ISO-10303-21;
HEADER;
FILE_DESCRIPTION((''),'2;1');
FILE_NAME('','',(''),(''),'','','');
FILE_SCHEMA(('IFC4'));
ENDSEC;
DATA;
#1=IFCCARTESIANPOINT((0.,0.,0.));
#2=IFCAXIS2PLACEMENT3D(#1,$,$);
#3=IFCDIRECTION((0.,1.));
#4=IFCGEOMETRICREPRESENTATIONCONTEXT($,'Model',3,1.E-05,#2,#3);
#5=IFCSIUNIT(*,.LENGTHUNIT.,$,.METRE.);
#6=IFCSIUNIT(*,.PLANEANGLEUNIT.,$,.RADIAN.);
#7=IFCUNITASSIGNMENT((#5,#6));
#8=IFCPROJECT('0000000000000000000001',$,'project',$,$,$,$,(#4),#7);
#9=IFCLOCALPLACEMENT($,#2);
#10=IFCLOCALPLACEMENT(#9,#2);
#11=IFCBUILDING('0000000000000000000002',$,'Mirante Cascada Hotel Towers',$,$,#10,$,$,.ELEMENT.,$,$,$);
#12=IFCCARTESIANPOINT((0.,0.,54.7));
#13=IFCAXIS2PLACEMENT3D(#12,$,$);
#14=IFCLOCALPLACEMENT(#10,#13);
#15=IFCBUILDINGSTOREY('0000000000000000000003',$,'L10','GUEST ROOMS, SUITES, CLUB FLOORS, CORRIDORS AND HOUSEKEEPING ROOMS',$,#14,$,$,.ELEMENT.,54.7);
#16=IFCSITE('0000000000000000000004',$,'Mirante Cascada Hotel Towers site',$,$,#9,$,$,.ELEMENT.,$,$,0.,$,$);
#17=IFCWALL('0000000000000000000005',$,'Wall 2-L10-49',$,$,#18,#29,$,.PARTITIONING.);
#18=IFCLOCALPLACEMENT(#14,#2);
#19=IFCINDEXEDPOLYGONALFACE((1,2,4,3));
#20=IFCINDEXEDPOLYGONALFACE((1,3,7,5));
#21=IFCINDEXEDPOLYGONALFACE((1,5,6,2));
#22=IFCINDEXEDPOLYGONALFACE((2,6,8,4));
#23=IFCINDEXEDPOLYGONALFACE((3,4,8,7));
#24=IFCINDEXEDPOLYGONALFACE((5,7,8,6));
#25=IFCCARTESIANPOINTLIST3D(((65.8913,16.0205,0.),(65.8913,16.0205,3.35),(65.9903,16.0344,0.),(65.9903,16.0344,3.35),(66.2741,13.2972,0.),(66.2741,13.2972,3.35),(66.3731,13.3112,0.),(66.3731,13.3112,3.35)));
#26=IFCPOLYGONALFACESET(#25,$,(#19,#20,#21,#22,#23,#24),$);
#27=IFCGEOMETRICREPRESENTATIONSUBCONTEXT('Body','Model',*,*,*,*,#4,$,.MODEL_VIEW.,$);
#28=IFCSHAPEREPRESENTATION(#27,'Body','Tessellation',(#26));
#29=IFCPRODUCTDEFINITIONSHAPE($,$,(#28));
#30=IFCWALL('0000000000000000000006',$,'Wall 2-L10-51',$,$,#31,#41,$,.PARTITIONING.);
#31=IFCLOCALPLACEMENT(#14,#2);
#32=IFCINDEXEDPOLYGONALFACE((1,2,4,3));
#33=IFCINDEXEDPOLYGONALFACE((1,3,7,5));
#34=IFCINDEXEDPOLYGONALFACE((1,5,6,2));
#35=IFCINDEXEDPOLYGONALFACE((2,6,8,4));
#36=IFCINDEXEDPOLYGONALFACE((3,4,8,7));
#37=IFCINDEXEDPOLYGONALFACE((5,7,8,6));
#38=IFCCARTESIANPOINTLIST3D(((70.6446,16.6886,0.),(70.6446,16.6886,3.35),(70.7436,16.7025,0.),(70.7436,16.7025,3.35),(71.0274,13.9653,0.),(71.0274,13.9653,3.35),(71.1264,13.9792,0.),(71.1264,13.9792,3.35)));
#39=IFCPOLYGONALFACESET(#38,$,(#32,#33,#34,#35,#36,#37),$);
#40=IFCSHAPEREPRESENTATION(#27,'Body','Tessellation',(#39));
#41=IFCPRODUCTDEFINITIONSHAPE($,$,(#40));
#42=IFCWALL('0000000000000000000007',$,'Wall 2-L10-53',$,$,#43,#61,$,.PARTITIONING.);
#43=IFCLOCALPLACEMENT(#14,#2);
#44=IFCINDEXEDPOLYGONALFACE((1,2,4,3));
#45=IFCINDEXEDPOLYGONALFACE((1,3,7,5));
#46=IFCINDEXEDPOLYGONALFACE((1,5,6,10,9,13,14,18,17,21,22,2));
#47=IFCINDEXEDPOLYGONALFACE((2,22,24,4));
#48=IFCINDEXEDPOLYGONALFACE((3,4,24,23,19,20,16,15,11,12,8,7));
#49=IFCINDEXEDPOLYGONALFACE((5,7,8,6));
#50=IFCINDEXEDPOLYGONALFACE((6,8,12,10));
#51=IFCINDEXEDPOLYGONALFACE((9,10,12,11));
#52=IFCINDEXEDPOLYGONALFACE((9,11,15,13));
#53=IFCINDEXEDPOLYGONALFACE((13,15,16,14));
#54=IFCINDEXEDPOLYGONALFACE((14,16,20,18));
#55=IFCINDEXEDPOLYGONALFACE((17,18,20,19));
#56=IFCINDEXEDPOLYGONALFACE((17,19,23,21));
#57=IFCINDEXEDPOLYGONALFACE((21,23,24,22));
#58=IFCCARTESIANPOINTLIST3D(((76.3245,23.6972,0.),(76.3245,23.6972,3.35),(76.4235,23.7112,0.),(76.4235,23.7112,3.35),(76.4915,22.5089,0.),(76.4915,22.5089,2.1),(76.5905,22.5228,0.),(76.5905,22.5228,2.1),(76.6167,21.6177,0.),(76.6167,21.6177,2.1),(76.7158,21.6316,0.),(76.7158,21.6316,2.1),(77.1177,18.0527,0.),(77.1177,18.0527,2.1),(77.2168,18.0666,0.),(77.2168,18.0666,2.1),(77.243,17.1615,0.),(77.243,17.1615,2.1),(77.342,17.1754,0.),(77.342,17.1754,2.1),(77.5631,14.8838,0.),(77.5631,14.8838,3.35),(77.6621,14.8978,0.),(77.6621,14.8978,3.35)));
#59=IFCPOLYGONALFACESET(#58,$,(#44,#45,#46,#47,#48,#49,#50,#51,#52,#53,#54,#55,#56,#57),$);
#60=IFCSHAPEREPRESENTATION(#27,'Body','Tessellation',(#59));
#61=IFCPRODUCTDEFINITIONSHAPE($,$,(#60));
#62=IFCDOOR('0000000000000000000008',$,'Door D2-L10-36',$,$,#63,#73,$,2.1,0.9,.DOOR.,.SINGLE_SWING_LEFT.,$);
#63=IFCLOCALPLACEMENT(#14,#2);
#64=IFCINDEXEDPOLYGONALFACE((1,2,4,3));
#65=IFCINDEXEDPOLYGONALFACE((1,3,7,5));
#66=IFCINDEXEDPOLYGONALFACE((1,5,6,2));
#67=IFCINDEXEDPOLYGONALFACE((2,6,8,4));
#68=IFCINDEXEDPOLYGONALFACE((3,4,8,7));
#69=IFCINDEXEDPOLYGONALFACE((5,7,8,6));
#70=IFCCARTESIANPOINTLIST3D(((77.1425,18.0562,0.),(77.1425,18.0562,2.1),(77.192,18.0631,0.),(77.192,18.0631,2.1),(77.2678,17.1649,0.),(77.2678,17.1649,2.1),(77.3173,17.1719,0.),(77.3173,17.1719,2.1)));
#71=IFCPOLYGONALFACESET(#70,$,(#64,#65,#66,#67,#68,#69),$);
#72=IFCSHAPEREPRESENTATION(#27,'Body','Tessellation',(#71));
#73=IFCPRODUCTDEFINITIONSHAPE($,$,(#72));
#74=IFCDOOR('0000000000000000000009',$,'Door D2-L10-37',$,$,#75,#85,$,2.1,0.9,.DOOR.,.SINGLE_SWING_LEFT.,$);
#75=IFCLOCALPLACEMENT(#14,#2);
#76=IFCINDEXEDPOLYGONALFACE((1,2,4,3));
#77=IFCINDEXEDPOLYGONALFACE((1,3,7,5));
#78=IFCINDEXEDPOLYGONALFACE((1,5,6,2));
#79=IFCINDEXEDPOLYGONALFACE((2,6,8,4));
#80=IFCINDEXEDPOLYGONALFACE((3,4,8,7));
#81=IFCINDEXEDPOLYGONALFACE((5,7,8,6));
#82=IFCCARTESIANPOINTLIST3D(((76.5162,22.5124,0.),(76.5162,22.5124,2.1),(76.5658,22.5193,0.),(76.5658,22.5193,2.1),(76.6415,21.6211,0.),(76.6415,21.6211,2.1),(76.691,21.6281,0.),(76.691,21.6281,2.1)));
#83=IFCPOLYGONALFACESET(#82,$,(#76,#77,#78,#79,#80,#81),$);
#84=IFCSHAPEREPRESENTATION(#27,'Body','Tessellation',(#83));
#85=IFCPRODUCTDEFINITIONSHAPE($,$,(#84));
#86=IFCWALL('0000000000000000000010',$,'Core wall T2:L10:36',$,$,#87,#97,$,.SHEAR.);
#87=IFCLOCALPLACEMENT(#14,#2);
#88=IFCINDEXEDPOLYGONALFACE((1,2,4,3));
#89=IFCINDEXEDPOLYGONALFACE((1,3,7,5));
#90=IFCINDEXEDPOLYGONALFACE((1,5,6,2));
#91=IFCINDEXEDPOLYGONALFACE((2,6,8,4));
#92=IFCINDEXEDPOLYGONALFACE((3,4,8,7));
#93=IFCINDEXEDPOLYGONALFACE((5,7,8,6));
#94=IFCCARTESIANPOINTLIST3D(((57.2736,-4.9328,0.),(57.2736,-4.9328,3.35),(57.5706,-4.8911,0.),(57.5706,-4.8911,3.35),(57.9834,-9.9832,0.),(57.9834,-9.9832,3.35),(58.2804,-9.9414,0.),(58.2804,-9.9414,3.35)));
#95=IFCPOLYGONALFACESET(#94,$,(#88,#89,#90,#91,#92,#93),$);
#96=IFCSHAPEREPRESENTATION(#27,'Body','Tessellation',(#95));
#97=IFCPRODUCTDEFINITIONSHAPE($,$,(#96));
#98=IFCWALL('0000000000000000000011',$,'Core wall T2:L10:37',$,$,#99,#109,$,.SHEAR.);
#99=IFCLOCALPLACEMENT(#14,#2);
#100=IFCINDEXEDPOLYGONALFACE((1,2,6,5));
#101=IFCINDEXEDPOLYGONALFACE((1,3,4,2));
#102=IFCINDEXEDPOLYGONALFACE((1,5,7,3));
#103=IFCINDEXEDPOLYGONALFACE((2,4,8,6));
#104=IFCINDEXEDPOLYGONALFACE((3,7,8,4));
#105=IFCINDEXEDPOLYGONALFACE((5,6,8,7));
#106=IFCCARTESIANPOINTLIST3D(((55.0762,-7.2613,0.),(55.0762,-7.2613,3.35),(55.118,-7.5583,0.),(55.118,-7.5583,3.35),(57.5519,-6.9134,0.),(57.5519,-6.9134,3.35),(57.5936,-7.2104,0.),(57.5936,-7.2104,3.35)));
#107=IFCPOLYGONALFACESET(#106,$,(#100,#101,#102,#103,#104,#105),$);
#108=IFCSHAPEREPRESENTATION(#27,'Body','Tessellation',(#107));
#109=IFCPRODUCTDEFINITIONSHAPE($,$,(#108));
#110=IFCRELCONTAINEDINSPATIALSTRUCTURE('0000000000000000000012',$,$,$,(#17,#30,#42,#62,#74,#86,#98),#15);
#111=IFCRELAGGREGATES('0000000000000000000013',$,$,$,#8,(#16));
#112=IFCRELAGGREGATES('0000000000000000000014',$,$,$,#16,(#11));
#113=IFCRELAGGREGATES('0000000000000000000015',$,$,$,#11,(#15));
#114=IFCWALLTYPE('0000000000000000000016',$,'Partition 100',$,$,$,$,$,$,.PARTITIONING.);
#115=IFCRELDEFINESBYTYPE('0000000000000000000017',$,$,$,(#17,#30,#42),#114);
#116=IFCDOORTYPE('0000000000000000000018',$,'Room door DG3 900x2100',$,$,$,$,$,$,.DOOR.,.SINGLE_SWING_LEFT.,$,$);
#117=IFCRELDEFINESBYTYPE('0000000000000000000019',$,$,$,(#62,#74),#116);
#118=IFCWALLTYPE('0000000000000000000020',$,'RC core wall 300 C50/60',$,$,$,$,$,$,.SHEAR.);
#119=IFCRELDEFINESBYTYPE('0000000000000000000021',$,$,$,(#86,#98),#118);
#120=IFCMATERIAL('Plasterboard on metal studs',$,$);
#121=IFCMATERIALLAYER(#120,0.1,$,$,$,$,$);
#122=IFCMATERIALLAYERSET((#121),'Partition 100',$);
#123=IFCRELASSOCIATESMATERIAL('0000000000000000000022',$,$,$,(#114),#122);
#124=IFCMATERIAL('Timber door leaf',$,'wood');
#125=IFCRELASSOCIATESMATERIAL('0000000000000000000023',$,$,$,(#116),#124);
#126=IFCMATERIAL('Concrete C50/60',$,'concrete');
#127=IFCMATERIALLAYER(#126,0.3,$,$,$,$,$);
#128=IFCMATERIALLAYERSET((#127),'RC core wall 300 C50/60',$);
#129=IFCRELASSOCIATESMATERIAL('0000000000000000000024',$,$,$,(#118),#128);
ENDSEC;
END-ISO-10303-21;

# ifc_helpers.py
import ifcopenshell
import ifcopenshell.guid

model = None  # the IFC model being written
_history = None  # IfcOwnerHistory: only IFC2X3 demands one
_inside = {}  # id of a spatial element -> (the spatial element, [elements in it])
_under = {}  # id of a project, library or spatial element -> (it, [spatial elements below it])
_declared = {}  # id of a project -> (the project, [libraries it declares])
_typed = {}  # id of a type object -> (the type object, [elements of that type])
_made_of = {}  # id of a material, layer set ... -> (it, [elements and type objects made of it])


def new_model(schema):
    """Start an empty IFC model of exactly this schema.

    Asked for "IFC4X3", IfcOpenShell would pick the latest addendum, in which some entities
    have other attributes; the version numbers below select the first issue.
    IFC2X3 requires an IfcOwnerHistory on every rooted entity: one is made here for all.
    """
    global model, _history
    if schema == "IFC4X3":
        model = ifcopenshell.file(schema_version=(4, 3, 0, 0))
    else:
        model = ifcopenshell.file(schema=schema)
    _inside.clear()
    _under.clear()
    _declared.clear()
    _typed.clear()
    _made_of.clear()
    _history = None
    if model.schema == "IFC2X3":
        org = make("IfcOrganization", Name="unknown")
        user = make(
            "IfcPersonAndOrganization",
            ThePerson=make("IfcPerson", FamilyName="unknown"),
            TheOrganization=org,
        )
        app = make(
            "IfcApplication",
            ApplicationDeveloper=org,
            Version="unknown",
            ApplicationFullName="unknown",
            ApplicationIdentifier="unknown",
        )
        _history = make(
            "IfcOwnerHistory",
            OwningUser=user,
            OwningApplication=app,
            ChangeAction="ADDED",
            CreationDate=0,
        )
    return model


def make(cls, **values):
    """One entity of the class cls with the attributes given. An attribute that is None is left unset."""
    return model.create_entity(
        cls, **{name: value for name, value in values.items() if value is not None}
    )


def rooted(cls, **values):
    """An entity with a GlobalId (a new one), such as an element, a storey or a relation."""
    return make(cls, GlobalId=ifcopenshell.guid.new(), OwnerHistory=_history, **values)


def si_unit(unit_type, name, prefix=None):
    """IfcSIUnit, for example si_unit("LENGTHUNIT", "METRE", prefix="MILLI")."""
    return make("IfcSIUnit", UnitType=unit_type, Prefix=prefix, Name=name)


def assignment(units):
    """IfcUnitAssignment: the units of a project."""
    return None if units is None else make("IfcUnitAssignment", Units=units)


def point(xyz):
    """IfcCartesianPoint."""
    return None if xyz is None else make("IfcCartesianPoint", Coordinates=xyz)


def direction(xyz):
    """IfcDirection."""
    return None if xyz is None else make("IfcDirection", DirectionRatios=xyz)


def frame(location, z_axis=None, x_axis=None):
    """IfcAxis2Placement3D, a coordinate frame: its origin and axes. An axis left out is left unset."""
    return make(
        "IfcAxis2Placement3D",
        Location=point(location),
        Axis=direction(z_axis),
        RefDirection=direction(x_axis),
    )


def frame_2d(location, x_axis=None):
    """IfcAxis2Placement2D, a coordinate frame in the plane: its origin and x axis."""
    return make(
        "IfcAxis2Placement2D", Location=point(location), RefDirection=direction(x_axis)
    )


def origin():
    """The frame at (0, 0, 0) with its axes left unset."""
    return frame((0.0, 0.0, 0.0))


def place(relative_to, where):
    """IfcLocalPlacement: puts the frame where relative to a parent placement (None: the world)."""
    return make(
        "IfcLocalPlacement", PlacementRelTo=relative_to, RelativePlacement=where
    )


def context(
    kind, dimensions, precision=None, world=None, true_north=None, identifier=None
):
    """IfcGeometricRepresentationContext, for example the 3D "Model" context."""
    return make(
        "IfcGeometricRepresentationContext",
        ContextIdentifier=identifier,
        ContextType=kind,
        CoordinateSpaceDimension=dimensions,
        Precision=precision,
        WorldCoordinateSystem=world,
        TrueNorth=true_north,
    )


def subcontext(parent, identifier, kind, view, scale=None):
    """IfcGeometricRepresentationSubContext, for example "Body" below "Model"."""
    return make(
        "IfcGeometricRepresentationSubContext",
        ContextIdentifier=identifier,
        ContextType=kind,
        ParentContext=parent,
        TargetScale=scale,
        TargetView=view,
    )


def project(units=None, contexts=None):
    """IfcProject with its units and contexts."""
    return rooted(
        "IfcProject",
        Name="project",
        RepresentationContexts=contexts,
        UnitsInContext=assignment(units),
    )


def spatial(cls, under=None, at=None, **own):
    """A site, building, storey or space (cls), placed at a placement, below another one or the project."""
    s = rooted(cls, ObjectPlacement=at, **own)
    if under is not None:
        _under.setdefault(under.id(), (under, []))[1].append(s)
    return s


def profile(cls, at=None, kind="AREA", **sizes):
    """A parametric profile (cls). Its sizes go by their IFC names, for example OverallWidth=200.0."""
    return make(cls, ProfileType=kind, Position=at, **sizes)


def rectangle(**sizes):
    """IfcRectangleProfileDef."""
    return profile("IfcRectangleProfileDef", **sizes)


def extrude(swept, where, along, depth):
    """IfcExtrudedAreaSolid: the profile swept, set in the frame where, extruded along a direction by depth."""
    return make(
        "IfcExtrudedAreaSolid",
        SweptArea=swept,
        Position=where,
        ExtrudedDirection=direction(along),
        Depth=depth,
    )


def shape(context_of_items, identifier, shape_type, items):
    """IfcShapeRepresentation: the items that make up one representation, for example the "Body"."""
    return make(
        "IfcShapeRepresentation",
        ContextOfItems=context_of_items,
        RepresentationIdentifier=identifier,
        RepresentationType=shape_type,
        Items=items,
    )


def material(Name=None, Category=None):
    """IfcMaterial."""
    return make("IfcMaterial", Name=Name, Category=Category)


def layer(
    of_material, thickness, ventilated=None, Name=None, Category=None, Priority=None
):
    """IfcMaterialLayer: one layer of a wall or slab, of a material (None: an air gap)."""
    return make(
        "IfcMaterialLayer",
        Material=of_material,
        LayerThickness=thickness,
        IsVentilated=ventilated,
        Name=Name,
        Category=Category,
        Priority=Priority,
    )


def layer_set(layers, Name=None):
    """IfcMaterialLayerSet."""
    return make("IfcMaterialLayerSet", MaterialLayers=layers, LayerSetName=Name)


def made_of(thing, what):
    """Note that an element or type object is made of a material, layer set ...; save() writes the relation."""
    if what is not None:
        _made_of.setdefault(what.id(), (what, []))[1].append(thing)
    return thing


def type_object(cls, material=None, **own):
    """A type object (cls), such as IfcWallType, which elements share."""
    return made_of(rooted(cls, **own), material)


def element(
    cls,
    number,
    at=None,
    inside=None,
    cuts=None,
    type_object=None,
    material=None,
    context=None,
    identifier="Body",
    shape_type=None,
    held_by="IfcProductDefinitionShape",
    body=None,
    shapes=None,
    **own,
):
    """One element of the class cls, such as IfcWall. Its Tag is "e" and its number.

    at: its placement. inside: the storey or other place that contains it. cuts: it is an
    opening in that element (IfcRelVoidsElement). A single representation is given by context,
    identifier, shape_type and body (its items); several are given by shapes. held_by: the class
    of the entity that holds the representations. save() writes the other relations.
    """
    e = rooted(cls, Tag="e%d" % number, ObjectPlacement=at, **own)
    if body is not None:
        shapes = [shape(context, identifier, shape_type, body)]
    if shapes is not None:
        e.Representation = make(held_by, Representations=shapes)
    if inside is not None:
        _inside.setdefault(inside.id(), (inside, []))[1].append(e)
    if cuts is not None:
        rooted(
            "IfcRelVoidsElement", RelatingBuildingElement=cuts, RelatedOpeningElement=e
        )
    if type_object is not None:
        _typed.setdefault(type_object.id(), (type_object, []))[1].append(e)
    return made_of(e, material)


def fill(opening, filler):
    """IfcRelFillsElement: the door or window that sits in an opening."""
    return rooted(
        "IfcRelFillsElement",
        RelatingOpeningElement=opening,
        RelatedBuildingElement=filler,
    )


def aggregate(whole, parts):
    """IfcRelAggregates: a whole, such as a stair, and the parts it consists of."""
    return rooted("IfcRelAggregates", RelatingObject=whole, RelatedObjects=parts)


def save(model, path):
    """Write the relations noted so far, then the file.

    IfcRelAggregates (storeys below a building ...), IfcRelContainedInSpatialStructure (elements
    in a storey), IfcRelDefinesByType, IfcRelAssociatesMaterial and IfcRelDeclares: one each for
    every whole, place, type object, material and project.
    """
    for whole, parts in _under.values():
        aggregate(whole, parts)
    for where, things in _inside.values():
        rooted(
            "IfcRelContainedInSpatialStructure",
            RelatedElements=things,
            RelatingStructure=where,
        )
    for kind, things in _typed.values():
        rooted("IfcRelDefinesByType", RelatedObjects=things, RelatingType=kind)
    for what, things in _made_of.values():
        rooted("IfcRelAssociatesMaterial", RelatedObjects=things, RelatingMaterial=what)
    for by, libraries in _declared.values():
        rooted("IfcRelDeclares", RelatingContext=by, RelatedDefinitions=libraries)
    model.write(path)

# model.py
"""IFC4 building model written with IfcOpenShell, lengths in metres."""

from ifc_helpers import new_model, si_unit, direction, frame, frame_2d, origin, place, context, subcontext, project, spatial, rectangle, extrude, material, layer, layer_set, type_object, element, fill, save


model = new_model("IFC4")

# Units and contexts
model_context = context("Model", 3, precision=1e-05, world=origin(), true_north=direction((0.0, 1.0)))
body_context = subcontext(model_context, "Body", "Model", "MODEL_VIEW")
ifc_project = project(units=[si_unit("LENGTHUNIT", "METRE"), si_unit("PLANEANGLEUNIT", "RADIAN")], contexts=[model_context])

# Site, building, storey
site_placement = place(None, origin())
site = spatial("IfcSite", under=ifc_project, at=site_placement, Name="Mirante Cascada Hotel Towers site", CompositionType="ELEMENT", RefElevation=0.0)
building_placement = place(site_placement, origin())
building = spatial("IfcBuilding", under=site, at=building_placement, Name="Mirante Cascada Hotel Towers", CompositionType="ELEMENT")
storey_placement = place(building_placement, frame((0.0, 0.0, 54.7)))
storey = spatial("IfcBuildingStorey", under=building, at=storey_placement, Name="L10", Description="GUEST ROOMS, SUITES, CLUB FLOORS, CORRIDORS AND HOUSEKEEPING ROOMS", CompositionType="ELEMENT", Elevation=54.7)

# Shared definitions
ifc_material_1 = material(Name="Plasterboard on metal studs")
ifc_layer_1 = layer(ifc_material_1, 0.1)
ifc_layer_set_1 = layer_set([ifc_layer_1], Name="Partition 100")
wall_type_1 = type_object("IfcWallType", Name="Partition 100", PredefinedType="PARTITIONING", material=ifc_layer_set_1)

# Shared definitions
ifc_material_2 = material(Name="Timber door leaf", Category="wood")
door_type_1 = type_object("IfcDoorType", Name="Room door DG3 900x2100", OperationType="SINGLE_SWING_LEFT", PredefinedType="DOOR", material=ifc_material_2)

# Walls
wall_1_placement = place(storey_placement, frame((66.3236, 13.3042, 0.0), z_axis=(0.0, 0.0, 1.0), x_axis=(-0.139201, 0.990264, 0.0)))
element("IfcWall", 1, at=wall_1_placement, inside=storey, type_object=wall_type_1, Name="Wall 2-L10-49", PredefinedType="PARTITIONING", context=body_context, shape_type="SweptSolid", body=[
    extrude(rectangle(XDim=2.75, YDim=0.1, at=frame_2d((1.375, 0.0))), origin(), (0.0, 0.0, 1.0), 3.35),
])
wall_2_placement = place(storey_placement, frame((71.0769, 13.9722, 0.0), z_axis=(0.0, 0.0, 1.0), x_axis=(-0.139196, 0.990265, 0.0)))
element("IfcWall", 2, at=wall_2_placement, inside=storey, type_object=wall_type_1, Name="Wall 2-L10-51", PredefinedType="PARTITIONING", context=body_context, shape_type="SweptSolid", body=[
    extrude(rectangle(XDim=2.7501, YDim=0.1, at=frame_2d((1.3751, 0.0))), origin(), (0.0, 0.0, 1.0), 3.35),
])

# Wall, openings, doors
wall_3_placement = place(storey_placement, frame((77.6126, 14.8908, 0.0), z_axis=(0.0, 0.0, 1.0), x_axis=(-0.139168, 0.990269, 0.0)))
wall_3 = element("IfcWall", 3, at=wall_3_placement, inside=storey, type_object=wall_type_1, Name="Wall 2-L10-53", PredefinedType="PARTITIONING", context=body_context, shape_type="SweptSolid", body=[
    extrude(rectangle(XDim=8.9, YDim=0.1, at=frame_2d((4.45, 0.0))), origin(), (0.0, 0.0, 1.0), 3.35),
])
opening_1_placement = place(wall_3_placement, frame((2.3, 0.0, 0.0)))
opening_1 = element("IfcOpeningElement", 4, at=opening_1_placement, cuts=wall_3, PredefinedType="OPENING", context=body_context, shape_type="SweptSolid", body=[
    extrude(rectangle(XDim=0.9, YDim=2.1, at=frame_2d((0.45, 1.05))), frame((0.0, 0.05, 0.0), z_axis=(0.0, -1.0, 0.0), x_axis=(1.0, 0.0, 0.0)), (0.0, 0.0, 1.0), 0.1),
])
opening_2_placement = place(wall_3_placement, frame((6.8, 0.0, 0.0)))
opening_2 = element("IfcOpeningElement", 5, at=opening_2_placement, cuts=wall_3, PredefinedType="OPENING", context=body_context, shape_type="SweptSolid", body=[
    extrude(rectangle(XDim=0.9, YDim=2.1, at=frame_2d((0.45, 1.05))), frame((0.0, 0.05, 0.0), z_axis=(0.0, -1.0, 0.0), x_axis=(1.0, 0.0, 0.0)), (0.0, 0.0, 1.0), 0.1),
])
door_1_placement = place(opening_1_placement, origin())
door_1 = element("IfcDoor", 6, at=door_1_placement, inside=storey, type_object=door_type_1, Name="Door D2-L10-36", OperationType="SINGLE_SWING_LEFT", OverallHeight=2.1, OverallWidth=0.9, PredefinedType="DOOR", context=body_context, shape_type="SweptSolid", body=[
    extrude(rectangle(XDim=0.9, YDim=2.1, at=frame_2d((0.45, 1.05))), frame((0.0, 0.025, 0.0), z_axis=(0.0, -1.0, 0.0), x_axis=(1.0, 0.0, 0.0)), (0.0, 0.0, 1.0), 0.05),
])
fill(opening_1, door_1)
door_2_placement = place(opening_2_placement, origin())
door_2 = element("IfcDoor", 7, at=door_2_placement, inside=storey, type_object=door_type_1, Name="Door D2-L10-37", OperationType="SINGLE_SWING_LEFT", OverallHeight=2.1, OverallWidth=0.9, PredefinedType="DOOR", context=body_context, shape_type="SweptSolid", body=[
    extrude(rectangle(XDim=0.9, YDim=2.1, at=frame_2d((0.45, 1.05))), frame((0.0, 0.025, 0.0), z_axis=(0.0, -1.0, 0.0), x_axis=(1.0, 0.0, 0.0)), (0.0, 0.0, 1.0), 0.05),
])
fill(opening_2, door_2)

# Walls
ifc_material_3 = material(Name="Concrete C50/60", Category="concrete")
ifc_layer_2 = layer(ifc_material_3, 0.3)
ifc_layer_set_2 = layer_set([ifc_layer_2], Name="RC core wall 300 C50/60")
wall_type_2 = type_object("IfcWallType", Name="RC core wall 300 C50/60", PredefinedType="SHEAR", material=ifc_layer_set_2)
wall_4_placement = place(storey_placement, frame((58.1319, -9.9623, 0.0), z_axis=(0.0, 0.0, 1.0), x_axis=(-0.139176, 0.990268, 0.0)))
element("IfcWall", 8, at=wall_4_placement, inside=storey, type_object=wall_type_2, Name="Core wall T2:L10:36", PredefinedType="SHEAR", context=body_context, shape_type="SweptSolid", body=[
    extrude(rectangle(XDim=5.1, YDim=0.3, at=frame_2d((2.55, 0.0))), origin(), (0.0, 0.0, 1.0), 3.35),
])
wall_5_placement = place(storey_placement, frame((55.0971, -7.4098, 0.0), z_axis=(0.0, 0.0, 1.0), x_axis=(0.99027, 0.139159, 0.0)))
element("IfcWall", 9, at=wall_5_placement, inside=storey, type_object=wall_type_2, Name="Core wall T2:L10:37", PredefinedType="SHEAR", context=body_context, shape_type="SweptSolid", body=[
    extrude(rectangle(XDim=2.5, YDim=0.3, at=frame_2d((1.25, 0.0))), origin(), (0.0, 0.0, 1.0), 3.35),
])

save(model, "model.ifc")
